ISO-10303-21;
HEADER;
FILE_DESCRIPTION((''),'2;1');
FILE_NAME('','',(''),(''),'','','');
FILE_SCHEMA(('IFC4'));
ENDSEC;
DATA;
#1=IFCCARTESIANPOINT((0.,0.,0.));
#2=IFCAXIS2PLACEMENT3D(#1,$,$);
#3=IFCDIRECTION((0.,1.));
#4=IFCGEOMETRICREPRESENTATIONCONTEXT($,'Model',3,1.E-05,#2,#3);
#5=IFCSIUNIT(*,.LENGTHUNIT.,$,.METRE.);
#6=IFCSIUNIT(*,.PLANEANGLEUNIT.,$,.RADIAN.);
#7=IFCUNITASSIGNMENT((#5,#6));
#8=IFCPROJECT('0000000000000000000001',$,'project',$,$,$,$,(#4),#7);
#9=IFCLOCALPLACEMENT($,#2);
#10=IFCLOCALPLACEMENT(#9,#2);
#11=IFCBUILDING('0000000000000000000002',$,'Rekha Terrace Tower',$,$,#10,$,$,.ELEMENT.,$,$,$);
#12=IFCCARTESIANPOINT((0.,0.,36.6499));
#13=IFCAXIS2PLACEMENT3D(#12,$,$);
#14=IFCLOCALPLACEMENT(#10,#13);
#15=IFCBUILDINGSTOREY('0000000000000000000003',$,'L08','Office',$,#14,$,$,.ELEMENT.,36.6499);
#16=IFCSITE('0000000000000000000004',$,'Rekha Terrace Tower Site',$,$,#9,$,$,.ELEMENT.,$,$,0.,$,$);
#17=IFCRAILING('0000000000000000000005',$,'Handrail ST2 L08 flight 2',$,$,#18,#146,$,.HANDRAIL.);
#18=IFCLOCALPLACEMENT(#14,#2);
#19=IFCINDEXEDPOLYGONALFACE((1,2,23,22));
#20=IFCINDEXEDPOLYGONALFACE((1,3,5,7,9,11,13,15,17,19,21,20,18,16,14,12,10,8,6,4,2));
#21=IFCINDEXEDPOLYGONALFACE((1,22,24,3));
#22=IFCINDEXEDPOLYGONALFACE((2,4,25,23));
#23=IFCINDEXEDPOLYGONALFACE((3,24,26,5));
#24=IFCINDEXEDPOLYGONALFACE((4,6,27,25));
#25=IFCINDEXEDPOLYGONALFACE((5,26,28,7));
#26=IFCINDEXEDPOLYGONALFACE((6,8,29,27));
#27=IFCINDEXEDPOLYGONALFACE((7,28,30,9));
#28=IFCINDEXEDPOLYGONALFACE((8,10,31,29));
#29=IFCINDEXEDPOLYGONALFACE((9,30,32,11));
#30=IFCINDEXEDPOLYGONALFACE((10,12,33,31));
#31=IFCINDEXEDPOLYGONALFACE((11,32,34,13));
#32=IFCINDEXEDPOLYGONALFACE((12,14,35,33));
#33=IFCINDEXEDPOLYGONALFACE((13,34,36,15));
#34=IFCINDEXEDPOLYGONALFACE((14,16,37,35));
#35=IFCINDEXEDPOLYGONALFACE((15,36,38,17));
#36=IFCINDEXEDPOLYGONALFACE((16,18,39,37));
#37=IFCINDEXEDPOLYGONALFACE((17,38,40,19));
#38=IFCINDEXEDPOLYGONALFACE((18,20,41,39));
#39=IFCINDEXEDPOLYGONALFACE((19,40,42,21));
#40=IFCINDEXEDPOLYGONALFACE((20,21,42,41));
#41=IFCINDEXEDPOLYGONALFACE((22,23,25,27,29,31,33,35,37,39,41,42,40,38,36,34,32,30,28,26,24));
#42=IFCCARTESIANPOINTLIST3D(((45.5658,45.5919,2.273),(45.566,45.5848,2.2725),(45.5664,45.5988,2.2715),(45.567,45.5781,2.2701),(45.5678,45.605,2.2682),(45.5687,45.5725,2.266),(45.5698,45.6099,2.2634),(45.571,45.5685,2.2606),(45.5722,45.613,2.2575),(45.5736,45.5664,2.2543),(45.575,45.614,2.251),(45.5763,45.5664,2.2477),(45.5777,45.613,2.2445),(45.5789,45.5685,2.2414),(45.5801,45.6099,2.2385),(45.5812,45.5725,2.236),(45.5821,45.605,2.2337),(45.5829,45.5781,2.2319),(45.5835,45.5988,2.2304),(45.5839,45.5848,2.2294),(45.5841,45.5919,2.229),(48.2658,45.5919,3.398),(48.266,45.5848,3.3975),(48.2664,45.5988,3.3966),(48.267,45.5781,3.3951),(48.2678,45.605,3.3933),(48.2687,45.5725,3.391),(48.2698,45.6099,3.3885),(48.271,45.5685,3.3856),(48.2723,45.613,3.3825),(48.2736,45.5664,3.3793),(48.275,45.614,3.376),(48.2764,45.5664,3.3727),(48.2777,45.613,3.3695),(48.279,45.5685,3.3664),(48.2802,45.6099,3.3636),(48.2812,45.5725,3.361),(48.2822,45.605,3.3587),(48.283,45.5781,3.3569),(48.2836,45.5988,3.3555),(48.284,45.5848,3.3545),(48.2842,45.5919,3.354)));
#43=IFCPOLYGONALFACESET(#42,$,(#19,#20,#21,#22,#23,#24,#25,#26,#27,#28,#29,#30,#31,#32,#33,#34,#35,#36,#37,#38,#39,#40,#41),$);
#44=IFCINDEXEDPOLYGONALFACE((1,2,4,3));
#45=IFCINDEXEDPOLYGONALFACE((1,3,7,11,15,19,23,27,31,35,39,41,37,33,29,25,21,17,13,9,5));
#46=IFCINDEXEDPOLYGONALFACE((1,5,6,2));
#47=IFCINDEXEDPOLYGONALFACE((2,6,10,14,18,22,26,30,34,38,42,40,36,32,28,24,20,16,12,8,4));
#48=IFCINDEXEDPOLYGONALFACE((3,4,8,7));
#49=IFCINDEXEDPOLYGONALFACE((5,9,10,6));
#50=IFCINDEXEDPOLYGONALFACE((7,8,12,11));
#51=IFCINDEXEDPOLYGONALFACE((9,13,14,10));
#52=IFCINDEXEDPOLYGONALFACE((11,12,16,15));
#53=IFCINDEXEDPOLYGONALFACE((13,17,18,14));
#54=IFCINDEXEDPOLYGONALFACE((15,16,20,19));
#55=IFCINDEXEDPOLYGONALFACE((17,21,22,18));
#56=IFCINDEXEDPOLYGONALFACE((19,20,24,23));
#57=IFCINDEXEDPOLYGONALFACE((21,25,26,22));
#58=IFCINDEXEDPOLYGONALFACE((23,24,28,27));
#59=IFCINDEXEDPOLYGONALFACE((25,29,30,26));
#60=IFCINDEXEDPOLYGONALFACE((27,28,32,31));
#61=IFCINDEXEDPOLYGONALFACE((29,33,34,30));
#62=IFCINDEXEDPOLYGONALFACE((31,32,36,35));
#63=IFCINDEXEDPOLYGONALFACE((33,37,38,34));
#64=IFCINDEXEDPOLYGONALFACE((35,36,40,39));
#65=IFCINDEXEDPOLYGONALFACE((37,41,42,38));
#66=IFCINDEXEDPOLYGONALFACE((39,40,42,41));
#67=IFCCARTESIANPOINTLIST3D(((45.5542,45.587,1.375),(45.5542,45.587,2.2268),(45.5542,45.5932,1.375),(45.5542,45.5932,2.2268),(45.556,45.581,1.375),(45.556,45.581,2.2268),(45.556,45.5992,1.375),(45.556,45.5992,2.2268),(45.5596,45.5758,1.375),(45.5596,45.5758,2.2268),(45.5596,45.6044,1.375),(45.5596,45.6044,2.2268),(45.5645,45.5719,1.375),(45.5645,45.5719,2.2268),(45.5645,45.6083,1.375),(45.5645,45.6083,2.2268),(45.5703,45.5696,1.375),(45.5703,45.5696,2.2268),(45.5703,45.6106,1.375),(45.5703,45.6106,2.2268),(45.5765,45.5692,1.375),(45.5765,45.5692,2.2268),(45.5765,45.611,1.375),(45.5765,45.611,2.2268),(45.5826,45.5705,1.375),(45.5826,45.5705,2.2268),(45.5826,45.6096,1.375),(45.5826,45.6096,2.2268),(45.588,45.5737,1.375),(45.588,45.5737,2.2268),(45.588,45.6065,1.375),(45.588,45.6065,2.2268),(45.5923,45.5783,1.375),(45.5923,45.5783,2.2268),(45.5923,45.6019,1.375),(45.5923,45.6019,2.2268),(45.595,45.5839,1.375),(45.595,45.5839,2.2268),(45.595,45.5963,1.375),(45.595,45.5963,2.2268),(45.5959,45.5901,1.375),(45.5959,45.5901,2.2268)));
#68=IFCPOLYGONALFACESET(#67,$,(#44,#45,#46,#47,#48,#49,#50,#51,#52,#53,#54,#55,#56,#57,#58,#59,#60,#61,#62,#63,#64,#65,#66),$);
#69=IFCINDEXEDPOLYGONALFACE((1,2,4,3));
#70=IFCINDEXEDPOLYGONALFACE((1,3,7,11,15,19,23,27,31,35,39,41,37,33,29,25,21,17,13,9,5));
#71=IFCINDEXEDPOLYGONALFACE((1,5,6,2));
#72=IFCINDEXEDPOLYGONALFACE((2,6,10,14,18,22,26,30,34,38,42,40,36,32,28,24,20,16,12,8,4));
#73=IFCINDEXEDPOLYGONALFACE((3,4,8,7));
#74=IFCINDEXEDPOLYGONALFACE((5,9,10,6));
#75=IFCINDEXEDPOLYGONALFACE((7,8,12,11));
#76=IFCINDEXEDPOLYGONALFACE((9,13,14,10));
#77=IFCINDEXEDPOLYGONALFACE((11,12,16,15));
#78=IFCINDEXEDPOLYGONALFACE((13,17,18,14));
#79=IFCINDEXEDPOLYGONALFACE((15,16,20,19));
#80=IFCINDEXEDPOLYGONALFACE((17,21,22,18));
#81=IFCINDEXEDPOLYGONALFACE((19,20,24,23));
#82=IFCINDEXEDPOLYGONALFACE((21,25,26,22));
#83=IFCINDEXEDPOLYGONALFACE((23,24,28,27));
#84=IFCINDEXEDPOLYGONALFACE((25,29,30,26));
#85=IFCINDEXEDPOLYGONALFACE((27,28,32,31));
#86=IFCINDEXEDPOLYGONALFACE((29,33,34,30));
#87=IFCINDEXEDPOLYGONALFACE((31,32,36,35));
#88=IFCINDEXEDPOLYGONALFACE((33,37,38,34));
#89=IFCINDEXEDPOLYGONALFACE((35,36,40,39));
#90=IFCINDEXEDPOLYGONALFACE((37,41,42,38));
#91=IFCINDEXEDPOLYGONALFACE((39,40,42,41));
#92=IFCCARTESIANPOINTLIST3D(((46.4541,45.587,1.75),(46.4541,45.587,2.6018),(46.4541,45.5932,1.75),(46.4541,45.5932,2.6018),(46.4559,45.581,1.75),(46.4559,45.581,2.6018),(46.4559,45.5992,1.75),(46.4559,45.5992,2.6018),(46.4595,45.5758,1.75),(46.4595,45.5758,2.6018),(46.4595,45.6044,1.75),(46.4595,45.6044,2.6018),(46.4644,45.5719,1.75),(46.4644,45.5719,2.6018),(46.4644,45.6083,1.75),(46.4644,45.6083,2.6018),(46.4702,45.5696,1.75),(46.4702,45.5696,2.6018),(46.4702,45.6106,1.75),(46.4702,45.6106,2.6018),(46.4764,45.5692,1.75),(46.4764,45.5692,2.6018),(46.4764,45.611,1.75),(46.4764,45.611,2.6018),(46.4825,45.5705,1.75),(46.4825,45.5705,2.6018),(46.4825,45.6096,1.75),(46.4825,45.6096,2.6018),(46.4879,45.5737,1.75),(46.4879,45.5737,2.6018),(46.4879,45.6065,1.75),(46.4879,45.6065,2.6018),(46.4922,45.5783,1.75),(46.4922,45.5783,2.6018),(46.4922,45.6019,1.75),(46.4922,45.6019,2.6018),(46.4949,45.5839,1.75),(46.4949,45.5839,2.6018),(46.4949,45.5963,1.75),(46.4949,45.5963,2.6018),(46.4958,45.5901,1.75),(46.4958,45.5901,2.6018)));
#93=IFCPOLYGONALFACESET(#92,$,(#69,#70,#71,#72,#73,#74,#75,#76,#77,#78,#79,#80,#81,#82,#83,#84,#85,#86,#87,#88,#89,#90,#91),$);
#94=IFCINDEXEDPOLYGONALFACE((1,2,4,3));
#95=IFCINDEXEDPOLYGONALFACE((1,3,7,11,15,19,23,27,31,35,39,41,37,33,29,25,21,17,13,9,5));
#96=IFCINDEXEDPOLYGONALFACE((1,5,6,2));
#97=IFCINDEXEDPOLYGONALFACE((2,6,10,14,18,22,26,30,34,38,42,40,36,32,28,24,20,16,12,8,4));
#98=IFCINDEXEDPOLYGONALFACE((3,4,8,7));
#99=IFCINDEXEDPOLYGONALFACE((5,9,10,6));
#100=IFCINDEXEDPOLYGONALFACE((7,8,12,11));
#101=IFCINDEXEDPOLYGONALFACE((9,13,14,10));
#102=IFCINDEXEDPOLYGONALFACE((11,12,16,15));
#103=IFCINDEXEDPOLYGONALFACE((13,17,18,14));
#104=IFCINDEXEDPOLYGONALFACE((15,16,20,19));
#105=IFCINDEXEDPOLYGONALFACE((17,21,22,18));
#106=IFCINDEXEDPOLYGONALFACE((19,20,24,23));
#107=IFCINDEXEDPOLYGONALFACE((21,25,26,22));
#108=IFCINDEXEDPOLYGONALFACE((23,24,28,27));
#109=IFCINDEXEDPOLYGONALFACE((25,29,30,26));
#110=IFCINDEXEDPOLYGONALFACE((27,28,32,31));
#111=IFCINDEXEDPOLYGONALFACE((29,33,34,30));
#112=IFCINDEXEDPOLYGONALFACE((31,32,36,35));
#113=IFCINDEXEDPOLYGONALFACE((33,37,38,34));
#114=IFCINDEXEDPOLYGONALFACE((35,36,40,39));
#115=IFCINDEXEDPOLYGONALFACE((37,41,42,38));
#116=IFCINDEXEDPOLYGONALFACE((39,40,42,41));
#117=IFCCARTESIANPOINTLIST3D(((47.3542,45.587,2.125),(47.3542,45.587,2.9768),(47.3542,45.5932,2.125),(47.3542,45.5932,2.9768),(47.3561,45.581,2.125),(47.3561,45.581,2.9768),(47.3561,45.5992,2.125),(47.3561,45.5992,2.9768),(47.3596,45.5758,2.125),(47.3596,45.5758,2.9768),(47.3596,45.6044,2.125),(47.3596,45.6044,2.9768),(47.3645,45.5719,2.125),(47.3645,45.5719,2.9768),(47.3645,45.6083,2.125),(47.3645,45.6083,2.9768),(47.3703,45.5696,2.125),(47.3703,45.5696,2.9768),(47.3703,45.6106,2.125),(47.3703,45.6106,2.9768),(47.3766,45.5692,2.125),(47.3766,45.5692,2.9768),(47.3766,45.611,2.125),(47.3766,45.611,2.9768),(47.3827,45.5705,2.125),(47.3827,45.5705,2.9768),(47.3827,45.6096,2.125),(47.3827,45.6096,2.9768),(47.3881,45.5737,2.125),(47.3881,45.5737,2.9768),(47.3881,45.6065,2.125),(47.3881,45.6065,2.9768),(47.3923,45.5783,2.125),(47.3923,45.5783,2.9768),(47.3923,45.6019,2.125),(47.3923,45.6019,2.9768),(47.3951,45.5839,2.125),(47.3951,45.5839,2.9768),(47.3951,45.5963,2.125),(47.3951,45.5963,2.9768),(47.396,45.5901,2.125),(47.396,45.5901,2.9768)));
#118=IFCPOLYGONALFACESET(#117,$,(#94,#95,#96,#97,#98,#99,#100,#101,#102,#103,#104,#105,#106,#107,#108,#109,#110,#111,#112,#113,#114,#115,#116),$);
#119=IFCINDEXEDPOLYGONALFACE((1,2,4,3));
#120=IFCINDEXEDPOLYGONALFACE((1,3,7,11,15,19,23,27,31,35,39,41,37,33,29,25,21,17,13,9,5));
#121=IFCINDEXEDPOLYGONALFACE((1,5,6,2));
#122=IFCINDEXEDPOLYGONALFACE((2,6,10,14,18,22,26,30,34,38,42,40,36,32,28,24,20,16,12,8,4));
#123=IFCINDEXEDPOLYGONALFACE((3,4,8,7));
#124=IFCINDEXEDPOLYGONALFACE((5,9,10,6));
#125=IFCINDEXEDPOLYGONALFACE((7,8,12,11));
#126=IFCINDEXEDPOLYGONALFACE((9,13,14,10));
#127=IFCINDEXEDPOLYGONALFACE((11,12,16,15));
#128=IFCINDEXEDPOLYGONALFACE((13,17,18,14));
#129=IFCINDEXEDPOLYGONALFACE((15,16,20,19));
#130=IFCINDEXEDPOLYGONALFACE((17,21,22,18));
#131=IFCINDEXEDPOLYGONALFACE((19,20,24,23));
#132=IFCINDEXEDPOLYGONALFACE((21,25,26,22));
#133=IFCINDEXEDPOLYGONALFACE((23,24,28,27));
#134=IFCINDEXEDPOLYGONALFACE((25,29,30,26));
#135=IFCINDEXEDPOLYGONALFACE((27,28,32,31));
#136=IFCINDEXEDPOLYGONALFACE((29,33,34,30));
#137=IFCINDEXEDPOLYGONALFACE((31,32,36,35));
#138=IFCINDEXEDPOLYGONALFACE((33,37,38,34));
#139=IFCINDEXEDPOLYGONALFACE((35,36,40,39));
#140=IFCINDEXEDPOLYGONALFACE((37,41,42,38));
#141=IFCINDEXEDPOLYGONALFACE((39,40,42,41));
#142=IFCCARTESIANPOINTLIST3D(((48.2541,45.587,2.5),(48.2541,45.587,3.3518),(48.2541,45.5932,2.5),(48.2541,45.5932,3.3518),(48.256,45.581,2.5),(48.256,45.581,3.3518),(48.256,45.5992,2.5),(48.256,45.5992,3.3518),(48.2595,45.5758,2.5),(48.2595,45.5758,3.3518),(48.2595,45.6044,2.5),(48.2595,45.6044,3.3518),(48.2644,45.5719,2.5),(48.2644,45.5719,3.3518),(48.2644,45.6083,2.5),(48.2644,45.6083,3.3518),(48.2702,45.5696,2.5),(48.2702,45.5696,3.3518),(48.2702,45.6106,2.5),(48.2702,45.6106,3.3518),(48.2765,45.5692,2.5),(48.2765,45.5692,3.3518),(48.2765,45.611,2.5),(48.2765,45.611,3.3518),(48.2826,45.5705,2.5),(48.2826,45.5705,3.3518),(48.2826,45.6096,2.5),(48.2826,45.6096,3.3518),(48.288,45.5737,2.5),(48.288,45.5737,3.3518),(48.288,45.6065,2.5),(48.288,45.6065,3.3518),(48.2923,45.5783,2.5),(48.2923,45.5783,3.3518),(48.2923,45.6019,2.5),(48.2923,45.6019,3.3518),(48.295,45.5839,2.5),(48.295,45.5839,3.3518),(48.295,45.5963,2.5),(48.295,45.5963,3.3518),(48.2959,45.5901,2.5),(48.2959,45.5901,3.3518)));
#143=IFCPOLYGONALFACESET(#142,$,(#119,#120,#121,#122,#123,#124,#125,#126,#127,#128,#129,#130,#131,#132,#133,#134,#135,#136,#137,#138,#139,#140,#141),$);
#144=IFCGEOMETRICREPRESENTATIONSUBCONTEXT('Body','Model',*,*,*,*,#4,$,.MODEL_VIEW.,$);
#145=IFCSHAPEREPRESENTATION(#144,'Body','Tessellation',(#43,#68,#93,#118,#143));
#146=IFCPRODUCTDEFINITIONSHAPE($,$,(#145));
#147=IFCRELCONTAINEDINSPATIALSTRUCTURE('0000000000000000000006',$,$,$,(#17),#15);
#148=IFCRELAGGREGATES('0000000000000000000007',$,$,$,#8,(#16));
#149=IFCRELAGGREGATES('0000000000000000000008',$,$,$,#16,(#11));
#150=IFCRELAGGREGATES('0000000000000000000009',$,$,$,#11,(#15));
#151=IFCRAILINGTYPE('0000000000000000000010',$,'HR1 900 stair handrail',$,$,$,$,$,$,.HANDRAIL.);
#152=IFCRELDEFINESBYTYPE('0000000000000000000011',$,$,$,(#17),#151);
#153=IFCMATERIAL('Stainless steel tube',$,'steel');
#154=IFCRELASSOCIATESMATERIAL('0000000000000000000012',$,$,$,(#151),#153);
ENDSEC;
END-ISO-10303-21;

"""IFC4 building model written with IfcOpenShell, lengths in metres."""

from ifc_helpers import new_model, si_unit, direction, frame, origin, origin_2d, place, context, subcontext, project, spatial, circle, extrude, material, type_object, element, save


model = new_model("IFC4")

# Units and contexts
model_context = context("Model", 3, precision=1e-05, world=origin(), true_north=direction((0.0, 1.0)))
body_context = subcontext(model_context, "Body", "Model", "MODEL_VIEW")
ifc_project = project(units=[si_unit("LENGTHUNIT", "METRE"), si_unit("PLANEANGLEUNIT", "RADIAN")], contexts=[model_context])

# Site, building, storey
site_placement = place(None, origin())
site = spatial("IfcSite", under=ifc_project, at=site_placement, Name="Rekha Terrace Tower Site", CompositionType="ELEMENT", RefElevation=0.0)
building_placement = place(site_placement, origin())
building = spatial("IfcBuilding", under=site, at=building_placement, Name="Rekha Terrace Tower", CompositionType="ELEMENT")
storey_placement = place(building_placement, frame((0.0, 0.0, 36.6499)))
storey = spatial("IfcBuildingStorey", under=building, at=storey_placement, Name="L08", Description="Office", CompositionType="ELEMENT", Elevation=36.6499)

# Railing
ifc_material_1 = material(Name="Stainless steel tube", Category="steel")
railing_type = type_object("IfcRailingType", Name="HR1 900 stair handrail", PredefinedType="HANDRAIL", material=ifc_material_1)
railing_placement = place(storey_placement, frame((45.575, 45.5901, 1.375)))
element("IfcRailing", 1, at=railing_placement, inside=storey, type_object=railing_type, Name="Handrail ST2 L08 flight 2", PredefinedType="HANDRAIL", context=body_context, shape_type="SweptSolid", body=[
    extrude(circle(Radius=0.0239, at=origin_2d()), frame((0.0, 0.0, 0.876), z_axis=(0.923074, 0.0, 0.384621), x_axis=(0.0, 1.0, 0.0)), (0.0, 0.0, 1.0), 2.925),
    extrude(circle(Radius=0.021, at=origin_2d()), origin(), (0.0, 0.0, 1.0), 0.8518),
    extrude(circle(Radius=0.021, at=origin_2d()), frame((0.8999, 0.0, 0.375)), (0.0, 0.0, 1.0), 0.8518),
    extrude(circle(Radius=0.021, at=origin_2d()), frame((1.8, 0.0, 0.75)), (0.0, 0.0, 1.0), 0.8518),
    extrude(circle(Radius=0.021, at=origin_2d()), frame((2.7, 0.0, 1.125)), (0.0, 0.0, 1.0), 0.8518),
])

save(model, "model.ifc")
